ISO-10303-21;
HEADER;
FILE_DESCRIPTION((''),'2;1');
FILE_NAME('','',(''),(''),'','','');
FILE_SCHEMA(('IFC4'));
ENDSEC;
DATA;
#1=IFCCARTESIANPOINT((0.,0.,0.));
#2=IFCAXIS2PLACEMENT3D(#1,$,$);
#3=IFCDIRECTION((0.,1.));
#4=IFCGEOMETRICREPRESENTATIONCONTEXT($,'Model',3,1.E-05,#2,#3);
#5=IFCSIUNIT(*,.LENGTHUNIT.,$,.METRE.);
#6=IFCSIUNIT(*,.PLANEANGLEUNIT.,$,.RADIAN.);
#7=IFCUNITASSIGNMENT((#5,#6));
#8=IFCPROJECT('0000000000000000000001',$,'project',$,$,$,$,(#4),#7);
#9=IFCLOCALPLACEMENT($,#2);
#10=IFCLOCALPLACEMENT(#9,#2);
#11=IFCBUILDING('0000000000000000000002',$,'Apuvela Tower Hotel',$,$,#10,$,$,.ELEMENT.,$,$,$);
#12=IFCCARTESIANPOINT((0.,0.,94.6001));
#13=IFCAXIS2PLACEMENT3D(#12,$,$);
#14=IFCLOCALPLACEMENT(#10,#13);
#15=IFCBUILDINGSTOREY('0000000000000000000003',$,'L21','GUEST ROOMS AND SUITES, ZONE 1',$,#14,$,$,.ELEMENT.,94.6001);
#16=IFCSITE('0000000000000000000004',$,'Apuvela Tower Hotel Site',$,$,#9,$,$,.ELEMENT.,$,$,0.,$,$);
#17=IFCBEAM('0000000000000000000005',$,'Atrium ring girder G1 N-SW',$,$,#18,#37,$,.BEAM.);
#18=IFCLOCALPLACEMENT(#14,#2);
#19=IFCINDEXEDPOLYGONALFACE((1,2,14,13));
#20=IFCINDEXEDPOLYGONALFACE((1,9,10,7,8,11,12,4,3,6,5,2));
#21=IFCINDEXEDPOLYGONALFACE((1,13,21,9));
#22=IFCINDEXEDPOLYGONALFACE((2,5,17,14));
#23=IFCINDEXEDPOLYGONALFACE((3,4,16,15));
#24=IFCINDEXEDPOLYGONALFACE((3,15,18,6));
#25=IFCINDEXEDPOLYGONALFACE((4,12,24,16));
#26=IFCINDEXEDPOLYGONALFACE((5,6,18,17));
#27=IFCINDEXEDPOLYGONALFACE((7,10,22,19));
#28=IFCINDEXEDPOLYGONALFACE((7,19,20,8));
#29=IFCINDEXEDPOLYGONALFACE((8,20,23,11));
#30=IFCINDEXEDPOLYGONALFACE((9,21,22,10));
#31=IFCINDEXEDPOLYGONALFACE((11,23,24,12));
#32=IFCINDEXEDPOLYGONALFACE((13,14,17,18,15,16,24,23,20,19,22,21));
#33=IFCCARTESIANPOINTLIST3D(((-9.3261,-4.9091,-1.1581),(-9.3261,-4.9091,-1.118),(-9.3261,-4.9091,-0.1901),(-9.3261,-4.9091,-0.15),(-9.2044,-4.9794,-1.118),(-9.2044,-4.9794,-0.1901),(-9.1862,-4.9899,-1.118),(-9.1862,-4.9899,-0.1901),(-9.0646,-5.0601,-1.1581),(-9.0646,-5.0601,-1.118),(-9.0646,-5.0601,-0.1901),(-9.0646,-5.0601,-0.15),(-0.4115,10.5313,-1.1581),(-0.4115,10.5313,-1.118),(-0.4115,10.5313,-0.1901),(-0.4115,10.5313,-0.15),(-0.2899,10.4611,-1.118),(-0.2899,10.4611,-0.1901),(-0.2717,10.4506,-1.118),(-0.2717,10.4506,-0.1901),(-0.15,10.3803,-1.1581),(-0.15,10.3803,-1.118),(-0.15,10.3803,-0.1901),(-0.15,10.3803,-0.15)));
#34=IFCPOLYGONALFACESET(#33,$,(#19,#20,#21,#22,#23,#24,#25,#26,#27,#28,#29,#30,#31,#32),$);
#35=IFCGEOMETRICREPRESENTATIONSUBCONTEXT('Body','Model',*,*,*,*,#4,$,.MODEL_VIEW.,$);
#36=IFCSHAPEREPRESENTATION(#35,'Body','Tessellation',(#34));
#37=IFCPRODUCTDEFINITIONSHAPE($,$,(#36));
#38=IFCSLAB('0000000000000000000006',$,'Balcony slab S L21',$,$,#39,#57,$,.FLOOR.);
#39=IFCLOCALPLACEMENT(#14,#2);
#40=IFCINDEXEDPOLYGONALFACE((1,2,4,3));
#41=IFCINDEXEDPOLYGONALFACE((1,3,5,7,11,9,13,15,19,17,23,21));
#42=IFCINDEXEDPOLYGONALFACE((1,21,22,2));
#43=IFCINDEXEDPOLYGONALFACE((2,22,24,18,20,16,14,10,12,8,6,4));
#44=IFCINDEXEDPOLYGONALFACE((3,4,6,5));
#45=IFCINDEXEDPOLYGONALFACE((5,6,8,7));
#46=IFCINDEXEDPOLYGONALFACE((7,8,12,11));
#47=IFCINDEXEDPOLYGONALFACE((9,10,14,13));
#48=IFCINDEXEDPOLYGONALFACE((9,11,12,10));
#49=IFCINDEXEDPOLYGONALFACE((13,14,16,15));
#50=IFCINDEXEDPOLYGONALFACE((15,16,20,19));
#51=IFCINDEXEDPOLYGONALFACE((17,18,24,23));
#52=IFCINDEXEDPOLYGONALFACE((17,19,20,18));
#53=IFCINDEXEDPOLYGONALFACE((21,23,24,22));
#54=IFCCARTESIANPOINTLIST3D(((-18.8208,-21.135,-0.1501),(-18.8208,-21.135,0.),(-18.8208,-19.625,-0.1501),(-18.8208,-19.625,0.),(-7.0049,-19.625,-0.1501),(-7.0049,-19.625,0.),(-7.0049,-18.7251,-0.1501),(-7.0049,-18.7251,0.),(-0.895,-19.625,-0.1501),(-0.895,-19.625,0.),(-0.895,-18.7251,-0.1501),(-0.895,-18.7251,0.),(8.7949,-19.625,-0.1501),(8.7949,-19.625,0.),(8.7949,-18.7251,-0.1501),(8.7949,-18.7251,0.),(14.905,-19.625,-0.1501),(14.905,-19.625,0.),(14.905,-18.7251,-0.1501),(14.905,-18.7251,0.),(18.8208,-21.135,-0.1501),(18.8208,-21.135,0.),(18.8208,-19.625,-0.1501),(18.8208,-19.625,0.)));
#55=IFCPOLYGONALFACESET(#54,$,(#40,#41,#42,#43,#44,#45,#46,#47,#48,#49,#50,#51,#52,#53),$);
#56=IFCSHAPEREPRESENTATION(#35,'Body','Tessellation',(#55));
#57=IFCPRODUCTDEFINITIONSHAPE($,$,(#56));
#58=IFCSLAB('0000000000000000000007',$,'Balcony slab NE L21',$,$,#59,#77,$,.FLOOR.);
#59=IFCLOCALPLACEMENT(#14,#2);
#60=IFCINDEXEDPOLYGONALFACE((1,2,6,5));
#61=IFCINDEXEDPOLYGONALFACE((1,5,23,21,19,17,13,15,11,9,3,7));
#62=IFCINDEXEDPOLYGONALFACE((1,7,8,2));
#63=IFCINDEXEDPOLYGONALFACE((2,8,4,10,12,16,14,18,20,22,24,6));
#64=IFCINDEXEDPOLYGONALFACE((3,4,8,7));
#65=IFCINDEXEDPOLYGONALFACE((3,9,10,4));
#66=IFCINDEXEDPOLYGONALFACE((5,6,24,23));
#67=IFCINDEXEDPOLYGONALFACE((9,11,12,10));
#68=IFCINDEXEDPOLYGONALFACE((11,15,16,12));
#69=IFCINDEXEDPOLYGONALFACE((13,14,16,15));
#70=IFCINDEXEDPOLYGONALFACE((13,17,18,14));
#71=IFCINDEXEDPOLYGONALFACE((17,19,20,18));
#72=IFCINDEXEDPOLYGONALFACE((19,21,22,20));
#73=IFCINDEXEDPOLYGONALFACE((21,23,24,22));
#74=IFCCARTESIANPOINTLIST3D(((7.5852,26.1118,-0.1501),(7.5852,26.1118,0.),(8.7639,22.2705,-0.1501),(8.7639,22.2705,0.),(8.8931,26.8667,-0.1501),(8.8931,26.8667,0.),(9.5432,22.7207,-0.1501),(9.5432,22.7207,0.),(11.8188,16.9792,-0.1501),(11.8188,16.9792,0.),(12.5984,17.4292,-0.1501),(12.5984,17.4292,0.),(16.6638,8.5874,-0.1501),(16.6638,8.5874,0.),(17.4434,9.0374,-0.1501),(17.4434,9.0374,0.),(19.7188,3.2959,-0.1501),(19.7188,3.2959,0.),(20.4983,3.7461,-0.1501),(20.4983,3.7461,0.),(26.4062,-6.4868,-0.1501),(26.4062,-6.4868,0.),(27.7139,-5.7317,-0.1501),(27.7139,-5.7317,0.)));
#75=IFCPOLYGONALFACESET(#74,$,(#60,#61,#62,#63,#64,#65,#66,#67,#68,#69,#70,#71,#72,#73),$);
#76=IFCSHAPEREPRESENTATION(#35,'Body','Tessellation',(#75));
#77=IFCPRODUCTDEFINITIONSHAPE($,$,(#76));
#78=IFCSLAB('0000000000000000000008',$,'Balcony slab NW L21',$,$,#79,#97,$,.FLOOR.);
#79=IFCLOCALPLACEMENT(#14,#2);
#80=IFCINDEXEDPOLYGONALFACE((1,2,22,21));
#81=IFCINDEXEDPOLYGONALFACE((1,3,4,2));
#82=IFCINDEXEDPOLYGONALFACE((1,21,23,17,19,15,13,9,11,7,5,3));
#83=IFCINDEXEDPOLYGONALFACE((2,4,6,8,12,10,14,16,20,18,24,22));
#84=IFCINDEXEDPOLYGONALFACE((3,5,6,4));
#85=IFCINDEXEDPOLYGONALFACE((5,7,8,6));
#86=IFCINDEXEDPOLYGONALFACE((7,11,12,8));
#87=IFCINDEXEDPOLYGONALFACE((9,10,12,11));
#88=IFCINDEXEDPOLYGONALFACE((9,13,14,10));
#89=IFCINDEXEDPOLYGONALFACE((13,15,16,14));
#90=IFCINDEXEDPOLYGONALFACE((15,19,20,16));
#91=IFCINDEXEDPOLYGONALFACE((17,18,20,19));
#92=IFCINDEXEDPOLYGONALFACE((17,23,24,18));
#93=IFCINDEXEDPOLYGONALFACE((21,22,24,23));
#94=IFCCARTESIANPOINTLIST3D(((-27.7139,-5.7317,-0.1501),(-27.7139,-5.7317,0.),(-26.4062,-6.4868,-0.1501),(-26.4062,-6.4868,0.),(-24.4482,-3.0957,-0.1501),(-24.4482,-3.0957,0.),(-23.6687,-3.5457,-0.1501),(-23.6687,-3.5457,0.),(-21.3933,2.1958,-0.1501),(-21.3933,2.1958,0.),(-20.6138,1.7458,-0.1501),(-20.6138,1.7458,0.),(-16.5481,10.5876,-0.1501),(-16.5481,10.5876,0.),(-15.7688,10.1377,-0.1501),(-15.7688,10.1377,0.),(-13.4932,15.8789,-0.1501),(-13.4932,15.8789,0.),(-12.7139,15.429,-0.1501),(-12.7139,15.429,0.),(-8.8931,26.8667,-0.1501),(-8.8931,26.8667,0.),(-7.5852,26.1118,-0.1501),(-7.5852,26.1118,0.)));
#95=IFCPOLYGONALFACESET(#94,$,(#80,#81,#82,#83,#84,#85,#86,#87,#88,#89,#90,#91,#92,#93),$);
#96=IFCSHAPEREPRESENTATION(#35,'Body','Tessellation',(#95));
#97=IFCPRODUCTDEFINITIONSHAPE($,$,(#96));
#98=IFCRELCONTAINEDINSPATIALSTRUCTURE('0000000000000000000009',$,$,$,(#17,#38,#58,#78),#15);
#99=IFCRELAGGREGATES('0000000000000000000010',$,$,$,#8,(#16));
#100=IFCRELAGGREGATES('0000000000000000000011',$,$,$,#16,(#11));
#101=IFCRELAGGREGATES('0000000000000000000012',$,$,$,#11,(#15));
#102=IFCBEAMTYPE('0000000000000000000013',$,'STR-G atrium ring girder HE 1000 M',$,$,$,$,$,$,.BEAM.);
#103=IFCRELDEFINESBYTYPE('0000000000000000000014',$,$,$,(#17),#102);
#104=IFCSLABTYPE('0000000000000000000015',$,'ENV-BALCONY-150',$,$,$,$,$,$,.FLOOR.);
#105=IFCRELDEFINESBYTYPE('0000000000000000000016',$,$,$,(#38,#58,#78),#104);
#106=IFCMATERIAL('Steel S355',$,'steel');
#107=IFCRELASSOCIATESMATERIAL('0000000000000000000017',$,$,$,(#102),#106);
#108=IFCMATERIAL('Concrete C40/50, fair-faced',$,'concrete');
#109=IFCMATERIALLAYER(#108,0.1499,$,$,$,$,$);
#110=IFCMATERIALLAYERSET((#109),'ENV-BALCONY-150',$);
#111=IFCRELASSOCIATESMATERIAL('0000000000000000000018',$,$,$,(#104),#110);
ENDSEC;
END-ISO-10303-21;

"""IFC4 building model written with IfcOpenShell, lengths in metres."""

from ifc_helpers import new_model, si_unit, direction, frame, origin, origin_2d, place, context, subcontext, project, spatial, polyline, i_section, outline, extrude, material, layer, layer_set, material_profile, profile_set, type_object, element, save


model = new_model("IFC4")

# Units and contexts
model_context = context("Model", 3, precision=1e-05, world=origin(), true_north=direction((0.0, 1.0)))
body_context = subcontext(model_context, "Body", "Model", "MODEL_VIEW")
ifc_project = project(units=[si_unit("LENGTHUNIT", "METRE"), si_unit("PLANEANGLEUNIT", "RADIAN")], contexts=[model_context])

# Site, building, storey
site_placement = place(None, origin())
site = spatial("IfcSite", under=ifc_project, at=site_placement, Name="Apuvela Tower Hotel Site", CompositionType="ELEMENT", RefElevation=0.0)
building_placement = place(site_placement, origin())
building = spatial("IfcBuilding", under=site, at=building_placement, Name="Apuvela Tower Hotel", CompositionType="ELEMENT")
storey_placement = place(building_placement, frame((0.0, 0.0, 94.6001)))
storey = spatial("IfcBuildingStorey", under=building, at=storey_placement, Name="L21", Description="GUEST ROOMS AND SUITES, ZONE 1", CompositionType="ELEMENT", Elevation=94.6001)

# Beam
ifc_material_1 = material(Name="Steel S355", Category="steel")
ifc_material_profile = material_profile(ifc_material_1, i_section(OverallWidth=0.302, OverallDepth=1.0081, WebThickness=0.021, FlangeThickness=0.04, at=origin_2d()), Name="HE 1000 M")
ifc_profile_set = profile_set([ifc_material_profile], Name="Steel S355")
beam_type = type_object("IfcBeamType", Name="STR-G atrium ring girder HE 1000 M", PredefinedType="BEAM", material=ifc_profile_set)
beam_placement = place(storey_placement, frame((-0.2808, 10.4558, -0.6541), z_axis=(-0.500001, -0.866025, 0.0), x_axis=(0.866025, -0.500001, 0.0)))
element("IfcBeam", 1, at=beam_placement, inside=storey, type_object=beam_type, Name="Atrium ring girder G1 N-SW", PredefinedType="BEAM", context=body_context, shape_type="SweptSolid", body=[
    extrude(i_section(OverallWidth=0.302, OverallDepth=1.0081, WebThickness=0.021, FlangeThickness=0.04, at=origin_2d()), origin(), (0.0, 0.0, 1.0), 17.8291),
])

# Slabs
ifc_material_2 = material(Name="Concrete C40/50, fair-faced", Category="concrete")
ifc_layer_1 = layer(ifc_material_2, 0.1499)
ifc_layer_set_1 = layer_set([ifc_layer_1], Name="ENV-BALCONY-150")
slab_type_1 = type_object("IfcSlabType", Name="ENV-BALCONY-150", PredefinedType="FLOOR", material=ifc_layer_set_1)
slab_1_placement = place(storey_placement, frame((0.0, 0.0, -0.1501)))
element("IfcSlab", 2, at=slab_1_placement, inside=storey, type_object=slab_type_1, Name="Balcony slab S L21", PredefinedType="FLOOR", context=body_context, shape_type="SweptSolid", body=[
    extrude(outline(polyline([(18.8208, -21.135), (-18.8208, -21.135), (-18.8208, -19.625), (-7.0049, -19.625), (-7.0049, -18.7251), (-0.895, -18.7251), (-0.895, -19.625), (8.7949, -19.625), (8.7949, -18.7251), (14.905, -18.7251), (14.905, -19.625), (18.8208, -19.625), (18.8208, -21.135)])), origin(), (0.0, 0.0, 1.0), 0.1501),
])
slab_2_placement = place(storey_placement, frame((0.0, 0.0, -0.1501)))
element("IfcSlab", 3, at=slab_2_placement, inside=storey, type_object=slab_type_1, Name="Balcony slab NE L21", PredefinedType="FLOOR", context=body_context, shape_type="SweptSolid", body=[
    extrude(outline(polyline([(17.4434, 9.0374), (12.5984, 17.4292), (11.8188, 16.9792), (8.7639, 22.2705), (9.5432, 22.7207), (7.5852, 26.1118), (8.8931, 26.8667), (27.7139, -5.7317), (26.4062, -6.4868), (20.4983, 3.7461), (19.7188, 3.2959), (16.6638, 8.5874), (17.4434, 9.0374)])), origin(), (0.0, 0.0, 1.0), 0.1501),
])
slab_3_placement = place(storey_placement, frame((0.0, 0.0, -0.1501)))
element("IfcSlab", 4, at=slab_3_placement, inside=storey, type_object=slab_type_1, Name="Balcony slab NW L21", PredefinedType="FLOOR", context=body_context, shape_type="SweptSolid", body=[
    extrude(outline(polyline([(-27.7139, -5.7317), (-8.8931, 26.8667), (-7.5852, 26.1118), (-13.4932, 15.8789), (-12.7139, 15.429), (-15.7688, 10.1377), (-16.5481, 10.5876), (-21.3933, 2.1958), (-20.6138, 1.7458), (-23.6687, -3.5457), (-24.4482, -3.0957), (-26.4062, -6.4868), (-27.7139, -5.7317)])), origin(), (0.0, 0.0, 1.0), 0.1501),
])

save(model, "model.ifc")
